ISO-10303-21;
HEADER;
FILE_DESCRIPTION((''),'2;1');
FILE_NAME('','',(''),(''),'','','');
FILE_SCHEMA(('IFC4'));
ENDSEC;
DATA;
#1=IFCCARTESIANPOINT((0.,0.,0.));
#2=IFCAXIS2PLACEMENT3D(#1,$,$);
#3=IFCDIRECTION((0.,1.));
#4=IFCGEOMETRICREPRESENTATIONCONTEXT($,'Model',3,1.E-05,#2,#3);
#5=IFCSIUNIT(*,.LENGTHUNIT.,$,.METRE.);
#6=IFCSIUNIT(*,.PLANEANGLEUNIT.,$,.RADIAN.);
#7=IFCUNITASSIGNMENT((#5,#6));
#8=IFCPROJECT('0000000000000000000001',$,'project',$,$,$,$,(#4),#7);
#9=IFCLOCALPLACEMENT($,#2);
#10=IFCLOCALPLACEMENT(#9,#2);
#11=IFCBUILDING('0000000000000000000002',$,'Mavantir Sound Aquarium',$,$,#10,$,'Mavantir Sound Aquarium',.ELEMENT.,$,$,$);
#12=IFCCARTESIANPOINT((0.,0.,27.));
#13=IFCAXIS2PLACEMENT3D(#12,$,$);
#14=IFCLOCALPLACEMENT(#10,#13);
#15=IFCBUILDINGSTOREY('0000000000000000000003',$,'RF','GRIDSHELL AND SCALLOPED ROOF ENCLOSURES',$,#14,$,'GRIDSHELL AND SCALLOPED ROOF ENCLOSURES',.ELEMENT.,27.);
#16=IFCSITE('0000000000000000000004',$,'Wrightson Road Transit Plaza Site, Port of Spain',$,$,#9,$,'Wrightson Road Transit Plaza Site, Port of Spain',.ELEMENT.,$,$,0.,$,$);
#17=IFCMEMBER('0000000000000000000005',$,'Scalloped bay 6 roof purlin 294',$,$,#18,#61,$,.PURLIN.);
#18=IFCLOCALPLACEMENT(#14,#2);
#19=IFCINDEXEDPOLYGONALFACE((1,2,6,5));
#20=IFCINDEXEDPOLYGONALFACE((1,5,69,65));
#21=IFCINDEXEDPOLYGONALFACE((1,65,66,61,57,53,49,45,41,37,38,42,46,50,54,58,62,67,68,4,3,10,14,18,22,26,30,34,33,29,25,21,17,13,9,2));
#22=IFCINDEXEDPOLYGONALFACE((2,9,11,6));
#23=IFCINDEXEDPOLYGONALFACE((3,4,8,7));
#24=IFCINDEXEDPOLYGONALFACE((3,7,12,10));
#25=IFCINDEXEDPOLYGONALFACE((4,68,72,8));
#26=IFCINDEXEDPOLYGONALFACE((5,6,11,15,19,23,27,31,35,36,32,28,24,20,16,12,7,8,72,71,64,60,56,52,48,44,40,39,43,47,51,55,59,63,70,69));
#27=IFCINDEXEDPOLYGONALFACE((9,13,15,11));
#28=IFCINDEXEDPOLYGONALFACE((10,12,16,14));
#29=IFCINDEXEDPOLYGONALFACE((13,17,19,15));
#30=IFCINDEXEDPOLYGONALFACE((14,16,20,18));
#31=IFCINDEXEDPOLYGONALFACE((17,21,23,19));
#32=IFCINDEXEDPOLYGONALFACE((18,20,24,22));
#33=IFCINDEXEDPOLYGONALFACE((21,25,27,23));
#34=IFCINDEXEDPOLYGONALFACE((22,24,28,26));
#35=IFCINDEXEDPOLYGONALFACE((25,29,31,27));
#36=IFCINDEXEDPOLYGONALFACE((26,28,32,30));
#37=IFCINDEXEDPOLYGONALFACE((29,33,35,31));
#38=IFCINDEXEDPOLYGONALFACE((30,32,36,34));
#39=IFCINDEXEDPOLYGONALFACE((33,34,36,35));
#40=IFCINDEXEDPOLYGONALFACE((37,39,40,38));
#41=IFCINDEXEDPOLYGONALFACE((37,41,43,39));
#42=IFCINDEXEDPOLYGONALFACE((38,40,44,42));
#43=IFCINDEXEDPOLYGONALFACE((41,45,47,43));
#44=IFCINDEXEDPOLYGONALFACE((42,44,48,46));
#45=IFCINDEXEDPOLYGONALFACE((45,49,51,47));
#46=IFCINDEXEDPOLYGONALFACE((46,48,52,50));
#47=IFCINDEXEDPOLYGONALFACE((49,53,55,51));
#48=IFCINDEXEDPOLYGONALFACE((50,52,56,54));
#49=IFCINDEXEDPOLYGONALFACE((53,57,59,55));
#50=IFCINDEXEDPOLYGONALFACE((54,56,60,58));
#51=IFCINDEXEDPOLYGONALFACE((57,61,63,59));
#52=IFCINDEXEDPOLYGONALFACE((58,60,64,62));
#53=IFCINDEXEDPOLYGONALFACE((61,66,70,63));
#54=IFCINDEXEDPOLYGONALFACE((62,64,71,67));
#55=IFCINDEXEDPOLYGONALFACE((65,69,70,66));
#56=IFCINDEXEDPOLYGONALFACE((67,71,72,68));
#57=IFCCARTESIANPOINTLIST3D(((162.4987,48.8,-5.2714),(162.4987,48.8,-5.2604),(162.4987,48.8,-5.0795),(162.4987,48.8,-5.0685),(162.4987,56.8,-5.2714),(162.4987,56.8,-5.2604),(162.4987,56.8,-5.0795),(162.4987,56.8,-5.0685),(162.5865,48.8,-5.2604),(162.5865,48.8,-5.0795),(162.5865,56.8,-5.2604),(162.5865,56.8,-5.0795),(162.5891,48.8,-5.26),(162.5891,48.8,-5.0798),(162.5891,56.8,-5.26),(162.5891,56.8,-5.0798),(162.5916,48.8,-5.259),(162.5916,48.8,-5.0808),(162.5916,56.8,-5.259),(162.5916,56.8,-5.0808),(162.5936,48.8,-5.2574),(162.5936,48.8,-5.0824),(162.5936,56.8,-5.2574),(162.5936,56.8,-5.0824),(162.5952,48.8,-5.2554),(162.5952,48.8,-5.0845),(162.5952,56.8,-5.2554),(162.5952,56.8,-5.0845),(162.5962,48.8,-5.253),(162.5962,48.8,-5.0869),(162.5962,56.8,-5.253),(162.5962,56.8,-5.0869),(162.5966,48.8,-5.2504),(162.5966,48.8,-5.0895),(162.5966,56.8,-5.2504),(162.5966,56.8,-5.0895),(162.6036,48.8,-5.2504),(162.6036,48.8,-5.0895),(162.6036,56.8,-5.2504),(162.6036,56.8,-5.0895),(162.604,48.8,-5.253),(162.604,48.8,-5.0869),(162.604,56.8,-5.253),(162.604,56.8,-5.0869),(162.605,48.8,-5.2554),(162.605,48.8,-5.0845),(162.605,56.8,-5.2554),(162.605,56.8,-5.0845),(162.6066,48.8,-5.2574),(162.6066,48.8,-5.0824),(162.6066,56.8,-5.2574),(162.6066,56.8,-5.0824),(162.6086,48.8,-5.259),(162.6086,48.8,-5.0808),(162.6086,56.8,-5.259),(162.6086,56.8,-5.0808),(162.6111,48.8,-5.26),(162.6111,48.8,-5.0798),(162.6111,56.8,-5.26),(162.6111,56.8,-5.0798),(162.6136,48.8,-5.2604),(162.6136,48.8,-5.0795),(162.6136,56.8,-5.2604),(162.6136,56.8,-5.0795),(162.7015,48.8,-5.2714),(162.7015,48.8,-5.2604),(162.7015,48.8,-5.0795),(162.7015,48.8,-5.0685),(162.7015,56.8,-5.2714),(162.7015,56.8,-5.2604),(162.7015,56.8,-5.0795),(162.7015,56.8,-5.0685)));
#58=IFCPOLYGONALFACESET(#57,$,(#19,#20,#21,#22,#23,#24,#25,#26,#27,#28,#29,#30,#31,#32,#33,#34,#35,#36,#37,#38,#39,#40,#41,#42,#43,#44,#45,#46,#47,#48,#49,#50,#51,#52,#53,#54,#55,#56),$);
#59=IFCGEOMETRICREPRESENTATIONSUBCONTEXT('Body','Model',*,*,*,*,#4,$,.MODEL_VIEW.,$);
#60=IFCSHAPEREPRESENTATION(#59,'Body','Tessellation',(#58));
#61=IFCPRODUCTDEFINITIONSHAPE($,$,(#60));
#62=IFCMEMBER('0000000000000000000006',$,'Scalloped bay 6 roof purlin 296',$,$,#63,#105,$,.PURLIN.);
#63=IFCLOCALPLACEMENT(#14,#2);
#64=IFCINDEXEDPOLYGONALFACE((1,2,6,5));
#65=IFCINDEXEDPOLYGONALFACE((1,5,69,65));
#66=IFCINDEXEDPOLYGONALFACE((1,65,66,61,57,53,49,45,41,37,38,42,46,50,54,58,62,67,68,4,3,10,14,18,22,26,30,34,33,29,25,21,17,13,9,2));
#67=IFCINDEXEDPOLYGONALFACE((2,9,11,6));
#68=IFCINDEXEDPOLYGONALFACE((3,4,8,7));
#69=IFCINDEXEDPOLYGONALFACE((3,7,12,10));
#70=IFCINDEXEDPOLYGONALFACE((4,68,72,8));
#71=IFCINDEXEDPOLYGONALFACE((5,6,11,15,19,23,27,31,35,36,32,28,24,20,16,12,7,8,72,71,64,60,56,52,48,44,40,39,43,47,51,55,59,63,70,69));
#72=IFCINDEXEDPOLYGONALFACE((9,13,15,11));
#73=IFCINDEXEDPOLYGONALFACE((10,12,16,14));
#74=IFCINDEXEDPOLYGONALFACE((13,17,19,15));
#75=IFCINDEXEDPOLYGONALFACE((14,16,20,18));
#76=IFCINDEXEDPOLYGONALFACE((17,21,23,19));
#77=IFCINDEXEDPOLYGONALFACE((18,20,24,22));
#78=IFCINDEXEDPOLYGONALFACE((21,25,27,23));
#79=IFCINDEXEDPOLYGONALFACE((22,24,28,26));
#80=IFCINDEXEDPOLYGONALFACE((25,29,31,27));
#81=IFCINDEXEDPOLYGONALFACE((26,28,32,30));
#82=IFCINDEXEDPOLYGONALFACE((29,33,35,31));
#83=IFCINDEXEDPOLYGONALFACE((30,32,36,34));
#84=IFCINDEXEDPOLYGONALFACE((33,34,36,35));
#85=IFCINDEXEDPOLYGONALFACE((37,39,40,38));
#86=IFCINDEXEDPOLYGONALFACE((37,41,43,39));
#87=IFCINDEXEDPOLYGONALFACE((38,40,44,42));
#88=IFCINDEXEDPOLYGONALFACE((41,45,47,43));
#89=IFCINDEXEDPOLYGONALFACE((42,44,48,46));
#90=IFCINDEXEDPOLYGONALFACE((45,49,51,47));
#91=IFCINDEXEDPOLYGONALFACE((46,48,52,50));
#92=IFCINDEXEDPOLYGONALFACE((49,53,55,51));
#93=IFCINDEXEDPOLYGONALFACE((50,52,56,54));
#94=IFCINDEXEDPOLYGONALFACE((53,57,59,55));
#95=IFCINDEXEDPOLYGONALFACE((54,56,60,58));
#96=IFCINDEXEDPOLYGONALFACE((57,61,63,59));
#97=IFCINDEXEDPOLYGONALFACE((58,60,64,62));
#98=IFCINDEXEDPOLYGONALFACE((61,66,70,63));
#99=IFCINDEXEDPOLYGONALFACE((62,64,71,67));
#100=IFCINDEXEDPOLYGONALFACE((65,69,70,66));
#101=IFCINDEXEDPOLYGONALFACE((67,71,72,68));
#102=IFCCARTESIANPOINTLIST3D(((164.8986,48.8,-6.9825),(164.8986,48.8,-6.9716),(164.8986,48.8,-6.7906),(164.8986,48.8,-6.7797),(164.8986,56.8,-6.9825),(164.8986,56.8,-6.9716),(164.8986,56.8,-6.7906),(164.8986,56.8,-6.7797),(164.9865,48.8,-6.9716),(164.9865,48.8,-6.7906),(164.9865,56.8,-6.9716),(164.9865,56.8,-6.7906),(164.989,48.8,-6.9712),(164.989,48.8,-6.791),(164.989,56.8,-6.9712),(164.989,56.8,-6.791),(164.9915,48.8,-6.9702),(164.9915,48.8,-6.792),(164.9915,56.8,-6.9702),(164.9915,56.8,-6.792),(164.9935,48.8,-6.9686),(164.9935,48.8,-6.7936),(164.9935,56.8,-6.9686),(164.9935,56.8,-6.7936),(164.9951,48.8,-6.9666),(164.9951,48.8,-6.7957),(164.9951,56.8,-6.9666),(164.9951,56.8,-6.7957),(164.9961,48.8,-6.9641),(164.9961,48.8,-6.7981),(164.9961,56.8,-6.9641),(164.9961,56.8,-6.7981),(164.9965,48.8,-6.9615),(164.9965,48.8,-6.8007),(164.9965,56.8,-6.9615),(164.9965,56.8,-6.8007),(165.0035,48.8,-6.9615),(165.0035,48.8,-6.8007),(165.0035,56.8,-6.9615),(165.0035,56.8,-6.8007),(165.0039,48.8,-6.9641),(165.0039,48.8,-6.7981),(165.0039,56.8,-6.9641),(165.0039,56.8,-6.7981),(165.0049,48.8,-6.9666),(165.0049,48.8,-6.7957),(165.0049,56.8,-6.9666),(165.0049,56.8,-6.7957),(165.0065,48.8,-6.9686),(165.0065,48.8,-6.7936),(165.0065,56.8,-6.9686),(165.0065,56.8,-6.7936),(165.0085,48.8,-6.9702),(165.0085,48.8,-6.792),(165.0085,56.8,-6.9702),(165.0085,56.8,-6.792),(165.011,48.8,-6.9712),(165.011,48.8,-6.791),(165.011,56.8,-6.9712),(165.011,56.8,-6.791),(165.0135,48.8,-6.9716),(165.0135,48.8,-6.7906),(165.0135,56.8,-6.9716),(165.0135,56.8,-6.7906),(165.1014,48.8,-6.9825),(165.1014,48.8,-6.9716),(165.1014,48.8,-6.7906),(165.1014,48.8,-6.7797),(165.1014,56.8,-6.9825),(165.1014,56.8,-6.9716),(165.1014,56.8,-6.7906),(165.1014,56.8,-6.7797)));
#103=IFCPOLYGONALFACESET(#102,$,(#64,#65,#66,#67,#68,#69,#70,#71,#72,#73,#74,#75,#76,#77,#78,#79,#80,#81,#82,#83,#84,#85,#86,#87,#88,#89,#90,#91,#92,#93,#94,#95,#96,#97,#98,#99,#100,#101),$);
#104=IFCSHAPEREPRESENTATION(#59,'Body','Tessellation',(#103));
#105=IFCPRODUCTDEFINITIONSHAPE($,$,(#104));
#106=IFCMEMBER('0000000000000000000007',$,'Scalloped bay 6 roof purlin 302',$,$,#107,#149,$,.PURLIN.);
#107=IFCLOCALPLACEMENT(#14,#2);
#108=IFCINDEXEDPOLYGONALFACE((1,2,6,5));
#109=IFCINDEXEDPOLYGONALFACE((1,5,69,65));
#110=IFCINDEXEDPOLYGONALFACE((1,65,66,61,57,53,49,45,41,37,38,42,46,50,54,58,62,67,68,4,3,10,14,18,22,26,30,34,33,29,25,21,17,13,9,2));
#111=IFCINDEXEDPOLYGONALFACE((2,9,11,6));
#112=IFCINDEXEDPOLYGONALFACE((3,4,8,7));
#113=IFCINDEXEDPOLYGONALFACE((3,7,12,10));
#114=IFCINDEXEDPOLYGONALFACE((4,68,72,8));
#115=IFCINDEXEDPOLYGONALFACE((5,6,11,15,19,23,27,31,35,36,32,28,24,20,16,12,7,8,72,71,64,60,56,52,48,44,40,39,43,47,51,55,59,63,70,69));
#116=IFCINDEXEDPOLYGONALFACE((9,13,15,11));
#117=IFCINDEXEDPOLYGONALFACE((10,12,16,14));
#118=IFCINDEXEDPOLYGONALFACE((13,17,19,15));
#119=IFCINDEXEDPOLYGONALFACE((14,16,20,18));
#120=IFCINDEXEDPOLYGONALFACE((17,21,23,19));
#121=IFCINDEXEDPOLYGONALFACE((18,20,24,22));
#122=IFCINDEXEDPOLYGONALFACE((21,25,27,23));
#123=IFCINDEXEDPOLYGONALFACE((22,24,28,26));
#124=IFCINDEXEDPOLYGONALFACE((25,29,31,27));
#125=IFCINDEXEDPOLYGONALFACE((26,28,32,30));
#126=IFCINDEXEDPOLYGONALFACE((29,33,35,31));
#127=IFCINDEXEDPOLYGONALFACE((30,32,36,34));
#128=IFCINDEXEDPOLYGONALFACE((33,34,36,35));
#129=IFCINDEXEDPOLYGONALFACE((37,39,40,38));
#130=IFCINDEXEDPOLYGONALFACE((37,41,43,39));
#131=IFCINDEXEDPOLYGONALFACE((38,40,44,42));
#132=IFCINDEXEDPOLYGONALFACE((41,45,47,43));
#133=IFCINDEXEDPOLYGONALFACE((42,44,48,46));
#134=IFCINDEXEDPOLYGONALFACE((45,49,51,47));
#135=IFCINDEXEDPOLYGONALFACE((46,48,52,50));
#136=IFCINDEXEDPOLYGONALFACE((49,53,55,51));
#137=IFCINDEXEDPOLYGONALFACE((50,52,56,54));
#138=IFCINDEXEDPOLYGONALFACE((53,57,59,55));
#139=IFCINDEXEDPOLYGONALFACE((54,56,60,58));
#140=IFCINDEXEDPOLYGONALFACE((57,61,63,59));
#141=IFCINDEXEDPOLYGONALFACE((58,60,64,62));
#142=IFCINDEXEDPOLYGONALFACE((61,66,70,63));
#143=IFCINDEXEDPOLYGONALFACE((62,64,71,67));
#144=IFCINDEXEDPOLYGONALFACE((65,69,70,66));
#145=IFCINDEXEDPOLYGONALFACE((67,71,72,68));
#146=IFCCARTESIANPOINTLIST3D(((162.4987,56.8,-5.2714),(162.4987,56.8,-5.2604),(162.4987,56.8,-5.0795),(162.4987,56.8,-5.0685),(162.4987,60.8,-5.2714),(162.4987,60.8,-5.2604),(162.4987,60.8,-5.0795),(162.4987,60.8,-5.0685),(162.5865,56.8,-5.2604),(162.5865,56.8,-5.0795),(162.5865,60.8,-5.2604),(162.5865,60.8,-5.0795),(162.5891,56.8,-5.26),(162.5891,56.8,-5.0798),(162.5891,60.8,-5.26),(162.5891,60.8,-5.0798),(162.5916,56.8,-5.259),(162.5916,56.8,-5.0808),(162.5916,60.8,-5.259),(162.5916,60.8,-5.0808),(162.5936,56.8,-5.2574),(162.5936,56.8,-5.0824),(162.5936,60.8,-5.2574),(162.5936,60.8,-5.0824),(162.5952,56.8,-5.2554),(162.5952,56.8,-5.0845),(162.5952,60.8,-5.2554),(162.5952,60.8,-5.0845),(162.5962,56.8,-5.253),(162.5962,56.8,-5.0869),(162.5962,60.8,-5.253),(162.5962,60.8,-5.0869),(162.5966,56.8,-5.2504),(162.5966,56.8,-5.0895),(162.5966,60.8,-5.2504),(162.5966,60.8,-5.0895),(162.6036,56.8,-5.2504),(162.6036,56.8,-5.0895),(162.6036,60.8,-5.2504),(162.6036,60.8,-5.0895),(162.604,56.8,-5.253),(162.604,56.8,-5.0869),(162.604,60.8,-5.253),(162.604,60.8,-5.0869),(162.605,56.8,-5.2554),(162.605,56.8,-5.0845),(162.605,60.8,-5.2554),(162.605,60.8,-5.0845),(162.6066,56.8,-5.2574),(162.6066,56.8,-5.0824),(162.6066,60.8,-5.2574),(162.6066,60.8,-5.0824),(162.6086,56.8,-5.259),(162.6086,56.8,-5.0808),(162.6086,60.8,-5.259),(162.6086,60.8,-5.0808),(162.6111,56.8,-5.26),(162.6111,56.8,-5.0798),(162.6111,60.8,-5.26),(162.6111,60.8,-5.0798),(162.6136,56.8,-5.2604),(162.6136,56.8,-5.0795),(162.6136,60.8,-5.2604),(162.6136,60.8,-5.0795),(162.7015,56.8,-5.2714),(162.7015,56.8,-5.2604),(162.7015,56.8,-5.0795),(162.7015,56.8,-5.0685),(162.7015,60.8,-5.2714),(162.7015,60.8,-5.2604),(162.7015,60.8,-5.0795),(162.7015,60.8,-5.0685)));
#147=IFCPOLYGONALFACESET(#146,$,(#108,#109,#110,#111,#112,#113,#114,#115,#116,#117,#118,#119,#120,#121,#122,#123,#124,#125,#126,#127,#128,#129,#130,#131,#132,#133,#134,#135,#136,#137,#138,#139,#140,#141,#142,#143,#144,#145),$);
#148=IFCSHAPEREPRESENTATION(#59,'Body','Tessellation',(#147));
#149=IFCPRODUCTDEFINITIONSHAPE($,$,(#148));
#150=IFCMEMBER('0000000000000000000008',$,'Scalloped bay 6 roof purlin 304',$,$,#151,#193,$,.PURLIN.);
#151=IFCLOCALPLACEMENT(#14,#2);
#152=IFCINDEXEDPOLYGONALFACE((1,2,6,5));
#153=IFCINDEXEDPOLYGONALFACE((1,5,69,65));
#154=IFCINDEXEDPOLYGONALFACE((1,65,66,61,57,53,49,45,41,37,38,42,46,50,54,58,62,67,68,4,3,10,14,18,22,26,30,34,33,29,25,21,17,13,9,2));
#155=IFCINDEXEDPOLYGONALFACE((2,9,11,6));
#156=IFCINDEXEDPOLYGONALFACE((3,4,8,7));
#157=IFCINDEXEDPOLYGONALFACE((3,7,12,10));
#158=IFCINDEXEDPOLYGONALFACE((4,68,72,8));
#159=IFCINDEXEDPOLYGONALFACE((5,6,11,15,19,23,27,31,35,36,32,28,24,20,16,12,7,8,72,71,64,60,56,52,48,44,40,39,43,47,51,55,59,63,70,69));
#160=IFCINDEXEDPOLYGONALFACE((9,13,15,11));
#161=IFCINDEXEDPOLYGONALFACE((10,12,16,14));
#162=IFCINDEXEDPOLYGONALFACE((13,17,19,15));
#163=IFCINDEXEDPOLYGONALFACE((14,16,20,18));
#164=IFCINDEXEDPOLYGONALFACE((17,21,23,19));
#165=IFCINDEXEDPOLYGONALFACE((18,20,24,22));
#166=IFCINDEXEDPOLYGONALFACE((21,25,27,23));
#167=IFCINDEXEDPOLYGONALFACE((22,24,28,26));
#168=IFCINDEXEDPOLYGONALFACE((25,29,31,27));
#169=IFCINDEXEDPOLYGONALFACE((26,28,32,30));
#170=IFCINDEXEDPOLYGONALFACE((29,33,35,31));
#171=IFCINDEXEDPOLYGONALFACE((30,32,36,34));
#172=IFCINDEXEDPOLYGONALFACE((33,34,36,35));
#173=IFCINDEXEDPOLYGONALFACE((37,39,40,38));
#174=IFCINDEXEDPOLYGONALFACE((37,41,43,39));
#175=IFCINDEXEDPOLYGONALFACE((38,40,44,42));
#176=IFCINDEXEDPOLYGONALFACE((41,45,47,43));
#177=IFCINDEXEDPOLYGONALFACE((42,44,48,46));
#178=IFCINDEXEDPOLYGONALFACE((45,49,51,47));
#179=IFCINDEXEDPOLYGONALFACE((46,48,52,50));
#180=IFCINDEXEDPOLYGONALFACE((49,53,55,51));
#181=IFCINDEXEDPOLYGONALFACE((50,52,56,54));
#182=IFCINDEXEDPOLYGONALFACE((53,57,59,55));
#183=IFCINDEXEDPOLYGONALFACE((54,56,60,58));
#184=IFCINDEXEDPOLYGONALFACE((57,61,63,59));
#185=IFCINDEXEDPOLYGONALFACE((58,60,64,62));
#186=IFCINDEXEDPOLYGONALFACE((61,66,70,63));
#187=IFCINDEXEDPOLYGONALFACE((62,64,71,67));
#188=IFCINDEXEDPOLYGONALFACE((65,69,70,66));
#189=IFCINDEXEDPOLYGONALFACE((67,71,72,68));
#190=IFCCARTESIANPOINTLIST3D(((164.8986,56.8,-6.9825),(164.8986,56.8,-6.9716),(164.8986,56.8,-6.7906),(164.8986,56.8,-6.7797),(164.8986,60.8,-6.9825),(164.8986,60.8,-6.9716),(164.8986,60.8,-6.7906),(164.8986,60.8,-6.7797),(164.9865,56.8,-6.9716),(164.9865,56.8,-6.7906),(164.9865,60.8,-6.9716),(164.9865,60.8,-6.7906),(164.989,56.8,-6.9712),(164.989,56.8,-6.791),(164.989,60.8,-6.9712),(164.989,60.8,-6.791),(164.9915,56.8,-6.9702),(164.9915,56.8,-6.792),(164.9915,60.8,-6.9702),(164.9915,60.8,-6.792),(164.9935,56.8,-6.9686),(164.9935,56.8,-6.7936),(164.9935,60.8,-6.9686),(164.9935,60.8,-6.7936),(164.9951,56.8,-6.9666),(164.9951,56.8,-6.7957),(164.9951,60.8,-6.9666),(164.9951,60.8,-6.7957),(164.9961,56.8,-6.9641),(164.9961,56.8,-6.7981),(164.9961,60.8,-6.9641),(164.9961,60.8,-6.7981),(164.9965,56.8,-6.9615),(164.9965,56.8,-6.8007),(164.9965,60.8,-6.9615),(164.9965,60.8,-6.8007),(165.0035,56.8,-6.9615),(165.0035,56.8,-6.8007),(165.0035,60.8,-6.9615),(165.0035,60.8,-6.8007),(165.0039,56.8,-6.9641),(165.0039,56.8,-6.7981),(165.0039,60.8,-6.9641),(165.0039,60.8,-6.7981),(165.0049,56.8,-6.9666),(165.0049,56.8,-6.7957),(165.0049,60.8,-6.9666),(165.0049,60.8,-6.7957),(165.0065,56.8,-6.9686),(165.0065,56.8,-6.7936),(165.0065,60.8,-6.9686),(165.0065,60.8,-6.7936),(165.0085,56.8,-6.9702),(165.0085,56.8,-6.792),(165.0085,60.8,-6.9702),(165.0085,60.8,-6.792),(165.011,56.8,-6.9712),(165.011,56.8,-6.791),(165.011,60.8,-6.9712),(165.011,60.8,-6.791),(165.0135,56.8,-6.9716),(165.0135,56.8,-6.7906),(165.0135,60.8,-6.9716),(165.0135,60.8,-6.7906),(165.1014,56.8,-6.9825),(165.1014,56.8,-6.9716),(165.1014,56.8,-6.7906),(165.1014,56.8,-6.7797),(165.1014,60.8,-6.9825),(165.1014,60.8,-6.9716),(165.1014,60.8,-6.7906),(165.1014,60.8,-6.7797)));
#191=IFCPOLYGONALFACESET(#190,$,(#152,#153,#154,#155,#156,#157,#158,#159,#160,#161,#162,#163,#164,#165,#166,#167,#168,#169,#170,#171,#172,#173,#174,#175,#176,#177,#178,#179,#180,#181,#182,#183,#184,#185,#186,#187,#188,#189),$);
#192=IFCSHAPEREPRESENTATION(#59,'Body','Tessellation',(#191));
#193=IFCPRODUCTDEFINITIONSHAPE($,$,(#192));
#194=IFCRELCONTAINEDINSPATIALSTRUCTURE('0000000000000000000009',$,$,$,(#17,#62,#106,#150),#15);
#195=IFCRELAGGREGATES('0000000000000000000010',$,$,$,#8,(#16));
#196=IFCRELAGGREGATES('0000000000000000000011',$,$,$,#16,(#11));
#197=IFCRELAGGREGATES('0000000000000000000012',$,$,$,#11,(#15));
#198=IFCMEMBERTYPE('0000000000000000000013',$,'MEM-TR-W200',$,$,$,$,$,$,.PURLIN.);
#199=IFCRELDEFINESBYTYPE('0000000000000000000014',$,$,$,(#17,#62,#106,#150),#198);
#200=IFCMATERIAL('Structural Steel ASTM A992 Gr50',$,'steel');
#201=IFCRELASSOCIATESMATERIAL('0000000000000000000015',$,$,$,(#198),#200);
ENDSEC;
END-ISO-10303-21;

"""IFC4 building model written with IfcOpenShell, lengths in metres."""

from ifc_helpers import new_model, si_unit, direction, frame, origin, origin_2d, place, context, subcontext, project, spatial, i_section, extrude, material, material_profile, profile_set, type_object, element, save


model = new_model("IFC4")

# Units and contexts
model_context = context("Model", 3, precision=1e-05, world=origin(), true_north=direction((0.0, 1.0)))
body_context = subcontext(model_context, "Body", "Model", "MODEL_VIEW")
ifc_project = project(units=[si_unit("LENGTHUNIT", "METRE"), si_unit("PLANEANGLEUNIT", "RADIAN")], contexts=[model_context])

# Site, building, storey
site_placement = place(None, origin())
site = spatial("IfcSite", under=ifc_project, at=site_placement, Name="Wrightson Road Transit Plaza Site, Port of Spain", LongName="Wrightson Road Transit Plaza Site, Port of Spain", CompositionType="ELEMENT", RefElevation=0.0)
building_placement = place(site_placement, origin())
building = spatial("IfcBuilding", under=site, at=building_placement, Name="Mavantir Sound Aquarium", LongName="Mavantir Sound Aquarium", CompositionType="ELEMENT")
storey_placement = place(building_placement, frame((0.0, 0.0, 27.0)))
storey = spatial("IfcBuildingStorey", under=building, at=storey_placement, Name="RF", Description="GRIDSHELL AND SCALLOPED ROOF ENCLOSURES", LongName="GRIDSHELL AND SCALLOPED ROOF ENCLOSURES", CompositionType="ELEMENT", Elevation=27.0)

# Members
ifc_material_1 = material(Name="Structural Steel ASTM A992 Gr50", Category="steel")
ifc_material_profile_1 = material_profile(ifc_material_1, i_section(OverallWidth=0.2029, OverallDepth=0.2029, WebThickness=0.0071, FlangeThickness=0.011, FilletRadius=0.01, at=origin_2d()), Name="W200X46")
ifc_profile_set_1 = profile_set([ifc_material_profile_1], Name="Structural Steel ASTM A992 Gr50")
member_type_1 = type_object("IfcMemberType", Name="MEM-TR-W200", PredefinedType="PURLIN", material=ifc_profile_set_1)
for number, where, z_axis, x_axis, name in (
    (1, (162.6001, 48.8, -5.1699), (0.0, 1.0, 0.0), (-1.0, 0.0, 0.0), "Scalloped bay 6 roof purlin 294"),
    (2, (165.0, 48.8, -6.8811), (0.0, 1.0, 0.0), (-1.0, 0.0, 0.0), "Scalloped bay 6 roof purlin 296"),
):
    element("IfcMember", number, at=place(storey_placement, frame(where, z_axis=z_axis, x_axis=x_axis)), inside=storey, type_object=member_type_1, Name=name, PredefinedType="PURLIN", context=body_context, shape_type="SweptSolid", body=[
        extrude(i_section(OverallWidth=0.2029, OverallDepth=0.2029, WebThickness=0.0071, FlangeThickness=0.011, FilletRadius=0.01, at=origin_2d()), origin(), (0.0, 0.0, 1.0), 8.0),
    ])
for number, where, z_axis, x_axis, name in (
    (3, (162.6001, 56.8, -5.1699), (0.0, 1.0, 0.0), (-1.0, 0.0, 0.0), "Scalloped bay 6 roof purlin 302"),
    (4, (165.0, 56.8, -6.8811), (0.0, 1.0, 0.0), (-1.0, 0.0, 0.0), "Scalloped bay 6 roof purlin 304"),
):
    element("IfcMember", number, at=place(storey_placement, frame(where, z_axis=z_axis, x_axis=x_axis)), inside=storey, type_object=member_type_1, Name=name, PredefinedType="PURLIN", context=body_context, shape_type="SweptSolid", body=[
        extrude(i_section(OverallWidth=0.2029, OverallDepth=0.2029, WebThickness=0.0071, FlangeThickness=0.011, FilletRadius=0.01, at=origin_2d()), origin(), (0.0, 0.0, 1.0), 4.0),
    ])

save(model, "model.ifc")
